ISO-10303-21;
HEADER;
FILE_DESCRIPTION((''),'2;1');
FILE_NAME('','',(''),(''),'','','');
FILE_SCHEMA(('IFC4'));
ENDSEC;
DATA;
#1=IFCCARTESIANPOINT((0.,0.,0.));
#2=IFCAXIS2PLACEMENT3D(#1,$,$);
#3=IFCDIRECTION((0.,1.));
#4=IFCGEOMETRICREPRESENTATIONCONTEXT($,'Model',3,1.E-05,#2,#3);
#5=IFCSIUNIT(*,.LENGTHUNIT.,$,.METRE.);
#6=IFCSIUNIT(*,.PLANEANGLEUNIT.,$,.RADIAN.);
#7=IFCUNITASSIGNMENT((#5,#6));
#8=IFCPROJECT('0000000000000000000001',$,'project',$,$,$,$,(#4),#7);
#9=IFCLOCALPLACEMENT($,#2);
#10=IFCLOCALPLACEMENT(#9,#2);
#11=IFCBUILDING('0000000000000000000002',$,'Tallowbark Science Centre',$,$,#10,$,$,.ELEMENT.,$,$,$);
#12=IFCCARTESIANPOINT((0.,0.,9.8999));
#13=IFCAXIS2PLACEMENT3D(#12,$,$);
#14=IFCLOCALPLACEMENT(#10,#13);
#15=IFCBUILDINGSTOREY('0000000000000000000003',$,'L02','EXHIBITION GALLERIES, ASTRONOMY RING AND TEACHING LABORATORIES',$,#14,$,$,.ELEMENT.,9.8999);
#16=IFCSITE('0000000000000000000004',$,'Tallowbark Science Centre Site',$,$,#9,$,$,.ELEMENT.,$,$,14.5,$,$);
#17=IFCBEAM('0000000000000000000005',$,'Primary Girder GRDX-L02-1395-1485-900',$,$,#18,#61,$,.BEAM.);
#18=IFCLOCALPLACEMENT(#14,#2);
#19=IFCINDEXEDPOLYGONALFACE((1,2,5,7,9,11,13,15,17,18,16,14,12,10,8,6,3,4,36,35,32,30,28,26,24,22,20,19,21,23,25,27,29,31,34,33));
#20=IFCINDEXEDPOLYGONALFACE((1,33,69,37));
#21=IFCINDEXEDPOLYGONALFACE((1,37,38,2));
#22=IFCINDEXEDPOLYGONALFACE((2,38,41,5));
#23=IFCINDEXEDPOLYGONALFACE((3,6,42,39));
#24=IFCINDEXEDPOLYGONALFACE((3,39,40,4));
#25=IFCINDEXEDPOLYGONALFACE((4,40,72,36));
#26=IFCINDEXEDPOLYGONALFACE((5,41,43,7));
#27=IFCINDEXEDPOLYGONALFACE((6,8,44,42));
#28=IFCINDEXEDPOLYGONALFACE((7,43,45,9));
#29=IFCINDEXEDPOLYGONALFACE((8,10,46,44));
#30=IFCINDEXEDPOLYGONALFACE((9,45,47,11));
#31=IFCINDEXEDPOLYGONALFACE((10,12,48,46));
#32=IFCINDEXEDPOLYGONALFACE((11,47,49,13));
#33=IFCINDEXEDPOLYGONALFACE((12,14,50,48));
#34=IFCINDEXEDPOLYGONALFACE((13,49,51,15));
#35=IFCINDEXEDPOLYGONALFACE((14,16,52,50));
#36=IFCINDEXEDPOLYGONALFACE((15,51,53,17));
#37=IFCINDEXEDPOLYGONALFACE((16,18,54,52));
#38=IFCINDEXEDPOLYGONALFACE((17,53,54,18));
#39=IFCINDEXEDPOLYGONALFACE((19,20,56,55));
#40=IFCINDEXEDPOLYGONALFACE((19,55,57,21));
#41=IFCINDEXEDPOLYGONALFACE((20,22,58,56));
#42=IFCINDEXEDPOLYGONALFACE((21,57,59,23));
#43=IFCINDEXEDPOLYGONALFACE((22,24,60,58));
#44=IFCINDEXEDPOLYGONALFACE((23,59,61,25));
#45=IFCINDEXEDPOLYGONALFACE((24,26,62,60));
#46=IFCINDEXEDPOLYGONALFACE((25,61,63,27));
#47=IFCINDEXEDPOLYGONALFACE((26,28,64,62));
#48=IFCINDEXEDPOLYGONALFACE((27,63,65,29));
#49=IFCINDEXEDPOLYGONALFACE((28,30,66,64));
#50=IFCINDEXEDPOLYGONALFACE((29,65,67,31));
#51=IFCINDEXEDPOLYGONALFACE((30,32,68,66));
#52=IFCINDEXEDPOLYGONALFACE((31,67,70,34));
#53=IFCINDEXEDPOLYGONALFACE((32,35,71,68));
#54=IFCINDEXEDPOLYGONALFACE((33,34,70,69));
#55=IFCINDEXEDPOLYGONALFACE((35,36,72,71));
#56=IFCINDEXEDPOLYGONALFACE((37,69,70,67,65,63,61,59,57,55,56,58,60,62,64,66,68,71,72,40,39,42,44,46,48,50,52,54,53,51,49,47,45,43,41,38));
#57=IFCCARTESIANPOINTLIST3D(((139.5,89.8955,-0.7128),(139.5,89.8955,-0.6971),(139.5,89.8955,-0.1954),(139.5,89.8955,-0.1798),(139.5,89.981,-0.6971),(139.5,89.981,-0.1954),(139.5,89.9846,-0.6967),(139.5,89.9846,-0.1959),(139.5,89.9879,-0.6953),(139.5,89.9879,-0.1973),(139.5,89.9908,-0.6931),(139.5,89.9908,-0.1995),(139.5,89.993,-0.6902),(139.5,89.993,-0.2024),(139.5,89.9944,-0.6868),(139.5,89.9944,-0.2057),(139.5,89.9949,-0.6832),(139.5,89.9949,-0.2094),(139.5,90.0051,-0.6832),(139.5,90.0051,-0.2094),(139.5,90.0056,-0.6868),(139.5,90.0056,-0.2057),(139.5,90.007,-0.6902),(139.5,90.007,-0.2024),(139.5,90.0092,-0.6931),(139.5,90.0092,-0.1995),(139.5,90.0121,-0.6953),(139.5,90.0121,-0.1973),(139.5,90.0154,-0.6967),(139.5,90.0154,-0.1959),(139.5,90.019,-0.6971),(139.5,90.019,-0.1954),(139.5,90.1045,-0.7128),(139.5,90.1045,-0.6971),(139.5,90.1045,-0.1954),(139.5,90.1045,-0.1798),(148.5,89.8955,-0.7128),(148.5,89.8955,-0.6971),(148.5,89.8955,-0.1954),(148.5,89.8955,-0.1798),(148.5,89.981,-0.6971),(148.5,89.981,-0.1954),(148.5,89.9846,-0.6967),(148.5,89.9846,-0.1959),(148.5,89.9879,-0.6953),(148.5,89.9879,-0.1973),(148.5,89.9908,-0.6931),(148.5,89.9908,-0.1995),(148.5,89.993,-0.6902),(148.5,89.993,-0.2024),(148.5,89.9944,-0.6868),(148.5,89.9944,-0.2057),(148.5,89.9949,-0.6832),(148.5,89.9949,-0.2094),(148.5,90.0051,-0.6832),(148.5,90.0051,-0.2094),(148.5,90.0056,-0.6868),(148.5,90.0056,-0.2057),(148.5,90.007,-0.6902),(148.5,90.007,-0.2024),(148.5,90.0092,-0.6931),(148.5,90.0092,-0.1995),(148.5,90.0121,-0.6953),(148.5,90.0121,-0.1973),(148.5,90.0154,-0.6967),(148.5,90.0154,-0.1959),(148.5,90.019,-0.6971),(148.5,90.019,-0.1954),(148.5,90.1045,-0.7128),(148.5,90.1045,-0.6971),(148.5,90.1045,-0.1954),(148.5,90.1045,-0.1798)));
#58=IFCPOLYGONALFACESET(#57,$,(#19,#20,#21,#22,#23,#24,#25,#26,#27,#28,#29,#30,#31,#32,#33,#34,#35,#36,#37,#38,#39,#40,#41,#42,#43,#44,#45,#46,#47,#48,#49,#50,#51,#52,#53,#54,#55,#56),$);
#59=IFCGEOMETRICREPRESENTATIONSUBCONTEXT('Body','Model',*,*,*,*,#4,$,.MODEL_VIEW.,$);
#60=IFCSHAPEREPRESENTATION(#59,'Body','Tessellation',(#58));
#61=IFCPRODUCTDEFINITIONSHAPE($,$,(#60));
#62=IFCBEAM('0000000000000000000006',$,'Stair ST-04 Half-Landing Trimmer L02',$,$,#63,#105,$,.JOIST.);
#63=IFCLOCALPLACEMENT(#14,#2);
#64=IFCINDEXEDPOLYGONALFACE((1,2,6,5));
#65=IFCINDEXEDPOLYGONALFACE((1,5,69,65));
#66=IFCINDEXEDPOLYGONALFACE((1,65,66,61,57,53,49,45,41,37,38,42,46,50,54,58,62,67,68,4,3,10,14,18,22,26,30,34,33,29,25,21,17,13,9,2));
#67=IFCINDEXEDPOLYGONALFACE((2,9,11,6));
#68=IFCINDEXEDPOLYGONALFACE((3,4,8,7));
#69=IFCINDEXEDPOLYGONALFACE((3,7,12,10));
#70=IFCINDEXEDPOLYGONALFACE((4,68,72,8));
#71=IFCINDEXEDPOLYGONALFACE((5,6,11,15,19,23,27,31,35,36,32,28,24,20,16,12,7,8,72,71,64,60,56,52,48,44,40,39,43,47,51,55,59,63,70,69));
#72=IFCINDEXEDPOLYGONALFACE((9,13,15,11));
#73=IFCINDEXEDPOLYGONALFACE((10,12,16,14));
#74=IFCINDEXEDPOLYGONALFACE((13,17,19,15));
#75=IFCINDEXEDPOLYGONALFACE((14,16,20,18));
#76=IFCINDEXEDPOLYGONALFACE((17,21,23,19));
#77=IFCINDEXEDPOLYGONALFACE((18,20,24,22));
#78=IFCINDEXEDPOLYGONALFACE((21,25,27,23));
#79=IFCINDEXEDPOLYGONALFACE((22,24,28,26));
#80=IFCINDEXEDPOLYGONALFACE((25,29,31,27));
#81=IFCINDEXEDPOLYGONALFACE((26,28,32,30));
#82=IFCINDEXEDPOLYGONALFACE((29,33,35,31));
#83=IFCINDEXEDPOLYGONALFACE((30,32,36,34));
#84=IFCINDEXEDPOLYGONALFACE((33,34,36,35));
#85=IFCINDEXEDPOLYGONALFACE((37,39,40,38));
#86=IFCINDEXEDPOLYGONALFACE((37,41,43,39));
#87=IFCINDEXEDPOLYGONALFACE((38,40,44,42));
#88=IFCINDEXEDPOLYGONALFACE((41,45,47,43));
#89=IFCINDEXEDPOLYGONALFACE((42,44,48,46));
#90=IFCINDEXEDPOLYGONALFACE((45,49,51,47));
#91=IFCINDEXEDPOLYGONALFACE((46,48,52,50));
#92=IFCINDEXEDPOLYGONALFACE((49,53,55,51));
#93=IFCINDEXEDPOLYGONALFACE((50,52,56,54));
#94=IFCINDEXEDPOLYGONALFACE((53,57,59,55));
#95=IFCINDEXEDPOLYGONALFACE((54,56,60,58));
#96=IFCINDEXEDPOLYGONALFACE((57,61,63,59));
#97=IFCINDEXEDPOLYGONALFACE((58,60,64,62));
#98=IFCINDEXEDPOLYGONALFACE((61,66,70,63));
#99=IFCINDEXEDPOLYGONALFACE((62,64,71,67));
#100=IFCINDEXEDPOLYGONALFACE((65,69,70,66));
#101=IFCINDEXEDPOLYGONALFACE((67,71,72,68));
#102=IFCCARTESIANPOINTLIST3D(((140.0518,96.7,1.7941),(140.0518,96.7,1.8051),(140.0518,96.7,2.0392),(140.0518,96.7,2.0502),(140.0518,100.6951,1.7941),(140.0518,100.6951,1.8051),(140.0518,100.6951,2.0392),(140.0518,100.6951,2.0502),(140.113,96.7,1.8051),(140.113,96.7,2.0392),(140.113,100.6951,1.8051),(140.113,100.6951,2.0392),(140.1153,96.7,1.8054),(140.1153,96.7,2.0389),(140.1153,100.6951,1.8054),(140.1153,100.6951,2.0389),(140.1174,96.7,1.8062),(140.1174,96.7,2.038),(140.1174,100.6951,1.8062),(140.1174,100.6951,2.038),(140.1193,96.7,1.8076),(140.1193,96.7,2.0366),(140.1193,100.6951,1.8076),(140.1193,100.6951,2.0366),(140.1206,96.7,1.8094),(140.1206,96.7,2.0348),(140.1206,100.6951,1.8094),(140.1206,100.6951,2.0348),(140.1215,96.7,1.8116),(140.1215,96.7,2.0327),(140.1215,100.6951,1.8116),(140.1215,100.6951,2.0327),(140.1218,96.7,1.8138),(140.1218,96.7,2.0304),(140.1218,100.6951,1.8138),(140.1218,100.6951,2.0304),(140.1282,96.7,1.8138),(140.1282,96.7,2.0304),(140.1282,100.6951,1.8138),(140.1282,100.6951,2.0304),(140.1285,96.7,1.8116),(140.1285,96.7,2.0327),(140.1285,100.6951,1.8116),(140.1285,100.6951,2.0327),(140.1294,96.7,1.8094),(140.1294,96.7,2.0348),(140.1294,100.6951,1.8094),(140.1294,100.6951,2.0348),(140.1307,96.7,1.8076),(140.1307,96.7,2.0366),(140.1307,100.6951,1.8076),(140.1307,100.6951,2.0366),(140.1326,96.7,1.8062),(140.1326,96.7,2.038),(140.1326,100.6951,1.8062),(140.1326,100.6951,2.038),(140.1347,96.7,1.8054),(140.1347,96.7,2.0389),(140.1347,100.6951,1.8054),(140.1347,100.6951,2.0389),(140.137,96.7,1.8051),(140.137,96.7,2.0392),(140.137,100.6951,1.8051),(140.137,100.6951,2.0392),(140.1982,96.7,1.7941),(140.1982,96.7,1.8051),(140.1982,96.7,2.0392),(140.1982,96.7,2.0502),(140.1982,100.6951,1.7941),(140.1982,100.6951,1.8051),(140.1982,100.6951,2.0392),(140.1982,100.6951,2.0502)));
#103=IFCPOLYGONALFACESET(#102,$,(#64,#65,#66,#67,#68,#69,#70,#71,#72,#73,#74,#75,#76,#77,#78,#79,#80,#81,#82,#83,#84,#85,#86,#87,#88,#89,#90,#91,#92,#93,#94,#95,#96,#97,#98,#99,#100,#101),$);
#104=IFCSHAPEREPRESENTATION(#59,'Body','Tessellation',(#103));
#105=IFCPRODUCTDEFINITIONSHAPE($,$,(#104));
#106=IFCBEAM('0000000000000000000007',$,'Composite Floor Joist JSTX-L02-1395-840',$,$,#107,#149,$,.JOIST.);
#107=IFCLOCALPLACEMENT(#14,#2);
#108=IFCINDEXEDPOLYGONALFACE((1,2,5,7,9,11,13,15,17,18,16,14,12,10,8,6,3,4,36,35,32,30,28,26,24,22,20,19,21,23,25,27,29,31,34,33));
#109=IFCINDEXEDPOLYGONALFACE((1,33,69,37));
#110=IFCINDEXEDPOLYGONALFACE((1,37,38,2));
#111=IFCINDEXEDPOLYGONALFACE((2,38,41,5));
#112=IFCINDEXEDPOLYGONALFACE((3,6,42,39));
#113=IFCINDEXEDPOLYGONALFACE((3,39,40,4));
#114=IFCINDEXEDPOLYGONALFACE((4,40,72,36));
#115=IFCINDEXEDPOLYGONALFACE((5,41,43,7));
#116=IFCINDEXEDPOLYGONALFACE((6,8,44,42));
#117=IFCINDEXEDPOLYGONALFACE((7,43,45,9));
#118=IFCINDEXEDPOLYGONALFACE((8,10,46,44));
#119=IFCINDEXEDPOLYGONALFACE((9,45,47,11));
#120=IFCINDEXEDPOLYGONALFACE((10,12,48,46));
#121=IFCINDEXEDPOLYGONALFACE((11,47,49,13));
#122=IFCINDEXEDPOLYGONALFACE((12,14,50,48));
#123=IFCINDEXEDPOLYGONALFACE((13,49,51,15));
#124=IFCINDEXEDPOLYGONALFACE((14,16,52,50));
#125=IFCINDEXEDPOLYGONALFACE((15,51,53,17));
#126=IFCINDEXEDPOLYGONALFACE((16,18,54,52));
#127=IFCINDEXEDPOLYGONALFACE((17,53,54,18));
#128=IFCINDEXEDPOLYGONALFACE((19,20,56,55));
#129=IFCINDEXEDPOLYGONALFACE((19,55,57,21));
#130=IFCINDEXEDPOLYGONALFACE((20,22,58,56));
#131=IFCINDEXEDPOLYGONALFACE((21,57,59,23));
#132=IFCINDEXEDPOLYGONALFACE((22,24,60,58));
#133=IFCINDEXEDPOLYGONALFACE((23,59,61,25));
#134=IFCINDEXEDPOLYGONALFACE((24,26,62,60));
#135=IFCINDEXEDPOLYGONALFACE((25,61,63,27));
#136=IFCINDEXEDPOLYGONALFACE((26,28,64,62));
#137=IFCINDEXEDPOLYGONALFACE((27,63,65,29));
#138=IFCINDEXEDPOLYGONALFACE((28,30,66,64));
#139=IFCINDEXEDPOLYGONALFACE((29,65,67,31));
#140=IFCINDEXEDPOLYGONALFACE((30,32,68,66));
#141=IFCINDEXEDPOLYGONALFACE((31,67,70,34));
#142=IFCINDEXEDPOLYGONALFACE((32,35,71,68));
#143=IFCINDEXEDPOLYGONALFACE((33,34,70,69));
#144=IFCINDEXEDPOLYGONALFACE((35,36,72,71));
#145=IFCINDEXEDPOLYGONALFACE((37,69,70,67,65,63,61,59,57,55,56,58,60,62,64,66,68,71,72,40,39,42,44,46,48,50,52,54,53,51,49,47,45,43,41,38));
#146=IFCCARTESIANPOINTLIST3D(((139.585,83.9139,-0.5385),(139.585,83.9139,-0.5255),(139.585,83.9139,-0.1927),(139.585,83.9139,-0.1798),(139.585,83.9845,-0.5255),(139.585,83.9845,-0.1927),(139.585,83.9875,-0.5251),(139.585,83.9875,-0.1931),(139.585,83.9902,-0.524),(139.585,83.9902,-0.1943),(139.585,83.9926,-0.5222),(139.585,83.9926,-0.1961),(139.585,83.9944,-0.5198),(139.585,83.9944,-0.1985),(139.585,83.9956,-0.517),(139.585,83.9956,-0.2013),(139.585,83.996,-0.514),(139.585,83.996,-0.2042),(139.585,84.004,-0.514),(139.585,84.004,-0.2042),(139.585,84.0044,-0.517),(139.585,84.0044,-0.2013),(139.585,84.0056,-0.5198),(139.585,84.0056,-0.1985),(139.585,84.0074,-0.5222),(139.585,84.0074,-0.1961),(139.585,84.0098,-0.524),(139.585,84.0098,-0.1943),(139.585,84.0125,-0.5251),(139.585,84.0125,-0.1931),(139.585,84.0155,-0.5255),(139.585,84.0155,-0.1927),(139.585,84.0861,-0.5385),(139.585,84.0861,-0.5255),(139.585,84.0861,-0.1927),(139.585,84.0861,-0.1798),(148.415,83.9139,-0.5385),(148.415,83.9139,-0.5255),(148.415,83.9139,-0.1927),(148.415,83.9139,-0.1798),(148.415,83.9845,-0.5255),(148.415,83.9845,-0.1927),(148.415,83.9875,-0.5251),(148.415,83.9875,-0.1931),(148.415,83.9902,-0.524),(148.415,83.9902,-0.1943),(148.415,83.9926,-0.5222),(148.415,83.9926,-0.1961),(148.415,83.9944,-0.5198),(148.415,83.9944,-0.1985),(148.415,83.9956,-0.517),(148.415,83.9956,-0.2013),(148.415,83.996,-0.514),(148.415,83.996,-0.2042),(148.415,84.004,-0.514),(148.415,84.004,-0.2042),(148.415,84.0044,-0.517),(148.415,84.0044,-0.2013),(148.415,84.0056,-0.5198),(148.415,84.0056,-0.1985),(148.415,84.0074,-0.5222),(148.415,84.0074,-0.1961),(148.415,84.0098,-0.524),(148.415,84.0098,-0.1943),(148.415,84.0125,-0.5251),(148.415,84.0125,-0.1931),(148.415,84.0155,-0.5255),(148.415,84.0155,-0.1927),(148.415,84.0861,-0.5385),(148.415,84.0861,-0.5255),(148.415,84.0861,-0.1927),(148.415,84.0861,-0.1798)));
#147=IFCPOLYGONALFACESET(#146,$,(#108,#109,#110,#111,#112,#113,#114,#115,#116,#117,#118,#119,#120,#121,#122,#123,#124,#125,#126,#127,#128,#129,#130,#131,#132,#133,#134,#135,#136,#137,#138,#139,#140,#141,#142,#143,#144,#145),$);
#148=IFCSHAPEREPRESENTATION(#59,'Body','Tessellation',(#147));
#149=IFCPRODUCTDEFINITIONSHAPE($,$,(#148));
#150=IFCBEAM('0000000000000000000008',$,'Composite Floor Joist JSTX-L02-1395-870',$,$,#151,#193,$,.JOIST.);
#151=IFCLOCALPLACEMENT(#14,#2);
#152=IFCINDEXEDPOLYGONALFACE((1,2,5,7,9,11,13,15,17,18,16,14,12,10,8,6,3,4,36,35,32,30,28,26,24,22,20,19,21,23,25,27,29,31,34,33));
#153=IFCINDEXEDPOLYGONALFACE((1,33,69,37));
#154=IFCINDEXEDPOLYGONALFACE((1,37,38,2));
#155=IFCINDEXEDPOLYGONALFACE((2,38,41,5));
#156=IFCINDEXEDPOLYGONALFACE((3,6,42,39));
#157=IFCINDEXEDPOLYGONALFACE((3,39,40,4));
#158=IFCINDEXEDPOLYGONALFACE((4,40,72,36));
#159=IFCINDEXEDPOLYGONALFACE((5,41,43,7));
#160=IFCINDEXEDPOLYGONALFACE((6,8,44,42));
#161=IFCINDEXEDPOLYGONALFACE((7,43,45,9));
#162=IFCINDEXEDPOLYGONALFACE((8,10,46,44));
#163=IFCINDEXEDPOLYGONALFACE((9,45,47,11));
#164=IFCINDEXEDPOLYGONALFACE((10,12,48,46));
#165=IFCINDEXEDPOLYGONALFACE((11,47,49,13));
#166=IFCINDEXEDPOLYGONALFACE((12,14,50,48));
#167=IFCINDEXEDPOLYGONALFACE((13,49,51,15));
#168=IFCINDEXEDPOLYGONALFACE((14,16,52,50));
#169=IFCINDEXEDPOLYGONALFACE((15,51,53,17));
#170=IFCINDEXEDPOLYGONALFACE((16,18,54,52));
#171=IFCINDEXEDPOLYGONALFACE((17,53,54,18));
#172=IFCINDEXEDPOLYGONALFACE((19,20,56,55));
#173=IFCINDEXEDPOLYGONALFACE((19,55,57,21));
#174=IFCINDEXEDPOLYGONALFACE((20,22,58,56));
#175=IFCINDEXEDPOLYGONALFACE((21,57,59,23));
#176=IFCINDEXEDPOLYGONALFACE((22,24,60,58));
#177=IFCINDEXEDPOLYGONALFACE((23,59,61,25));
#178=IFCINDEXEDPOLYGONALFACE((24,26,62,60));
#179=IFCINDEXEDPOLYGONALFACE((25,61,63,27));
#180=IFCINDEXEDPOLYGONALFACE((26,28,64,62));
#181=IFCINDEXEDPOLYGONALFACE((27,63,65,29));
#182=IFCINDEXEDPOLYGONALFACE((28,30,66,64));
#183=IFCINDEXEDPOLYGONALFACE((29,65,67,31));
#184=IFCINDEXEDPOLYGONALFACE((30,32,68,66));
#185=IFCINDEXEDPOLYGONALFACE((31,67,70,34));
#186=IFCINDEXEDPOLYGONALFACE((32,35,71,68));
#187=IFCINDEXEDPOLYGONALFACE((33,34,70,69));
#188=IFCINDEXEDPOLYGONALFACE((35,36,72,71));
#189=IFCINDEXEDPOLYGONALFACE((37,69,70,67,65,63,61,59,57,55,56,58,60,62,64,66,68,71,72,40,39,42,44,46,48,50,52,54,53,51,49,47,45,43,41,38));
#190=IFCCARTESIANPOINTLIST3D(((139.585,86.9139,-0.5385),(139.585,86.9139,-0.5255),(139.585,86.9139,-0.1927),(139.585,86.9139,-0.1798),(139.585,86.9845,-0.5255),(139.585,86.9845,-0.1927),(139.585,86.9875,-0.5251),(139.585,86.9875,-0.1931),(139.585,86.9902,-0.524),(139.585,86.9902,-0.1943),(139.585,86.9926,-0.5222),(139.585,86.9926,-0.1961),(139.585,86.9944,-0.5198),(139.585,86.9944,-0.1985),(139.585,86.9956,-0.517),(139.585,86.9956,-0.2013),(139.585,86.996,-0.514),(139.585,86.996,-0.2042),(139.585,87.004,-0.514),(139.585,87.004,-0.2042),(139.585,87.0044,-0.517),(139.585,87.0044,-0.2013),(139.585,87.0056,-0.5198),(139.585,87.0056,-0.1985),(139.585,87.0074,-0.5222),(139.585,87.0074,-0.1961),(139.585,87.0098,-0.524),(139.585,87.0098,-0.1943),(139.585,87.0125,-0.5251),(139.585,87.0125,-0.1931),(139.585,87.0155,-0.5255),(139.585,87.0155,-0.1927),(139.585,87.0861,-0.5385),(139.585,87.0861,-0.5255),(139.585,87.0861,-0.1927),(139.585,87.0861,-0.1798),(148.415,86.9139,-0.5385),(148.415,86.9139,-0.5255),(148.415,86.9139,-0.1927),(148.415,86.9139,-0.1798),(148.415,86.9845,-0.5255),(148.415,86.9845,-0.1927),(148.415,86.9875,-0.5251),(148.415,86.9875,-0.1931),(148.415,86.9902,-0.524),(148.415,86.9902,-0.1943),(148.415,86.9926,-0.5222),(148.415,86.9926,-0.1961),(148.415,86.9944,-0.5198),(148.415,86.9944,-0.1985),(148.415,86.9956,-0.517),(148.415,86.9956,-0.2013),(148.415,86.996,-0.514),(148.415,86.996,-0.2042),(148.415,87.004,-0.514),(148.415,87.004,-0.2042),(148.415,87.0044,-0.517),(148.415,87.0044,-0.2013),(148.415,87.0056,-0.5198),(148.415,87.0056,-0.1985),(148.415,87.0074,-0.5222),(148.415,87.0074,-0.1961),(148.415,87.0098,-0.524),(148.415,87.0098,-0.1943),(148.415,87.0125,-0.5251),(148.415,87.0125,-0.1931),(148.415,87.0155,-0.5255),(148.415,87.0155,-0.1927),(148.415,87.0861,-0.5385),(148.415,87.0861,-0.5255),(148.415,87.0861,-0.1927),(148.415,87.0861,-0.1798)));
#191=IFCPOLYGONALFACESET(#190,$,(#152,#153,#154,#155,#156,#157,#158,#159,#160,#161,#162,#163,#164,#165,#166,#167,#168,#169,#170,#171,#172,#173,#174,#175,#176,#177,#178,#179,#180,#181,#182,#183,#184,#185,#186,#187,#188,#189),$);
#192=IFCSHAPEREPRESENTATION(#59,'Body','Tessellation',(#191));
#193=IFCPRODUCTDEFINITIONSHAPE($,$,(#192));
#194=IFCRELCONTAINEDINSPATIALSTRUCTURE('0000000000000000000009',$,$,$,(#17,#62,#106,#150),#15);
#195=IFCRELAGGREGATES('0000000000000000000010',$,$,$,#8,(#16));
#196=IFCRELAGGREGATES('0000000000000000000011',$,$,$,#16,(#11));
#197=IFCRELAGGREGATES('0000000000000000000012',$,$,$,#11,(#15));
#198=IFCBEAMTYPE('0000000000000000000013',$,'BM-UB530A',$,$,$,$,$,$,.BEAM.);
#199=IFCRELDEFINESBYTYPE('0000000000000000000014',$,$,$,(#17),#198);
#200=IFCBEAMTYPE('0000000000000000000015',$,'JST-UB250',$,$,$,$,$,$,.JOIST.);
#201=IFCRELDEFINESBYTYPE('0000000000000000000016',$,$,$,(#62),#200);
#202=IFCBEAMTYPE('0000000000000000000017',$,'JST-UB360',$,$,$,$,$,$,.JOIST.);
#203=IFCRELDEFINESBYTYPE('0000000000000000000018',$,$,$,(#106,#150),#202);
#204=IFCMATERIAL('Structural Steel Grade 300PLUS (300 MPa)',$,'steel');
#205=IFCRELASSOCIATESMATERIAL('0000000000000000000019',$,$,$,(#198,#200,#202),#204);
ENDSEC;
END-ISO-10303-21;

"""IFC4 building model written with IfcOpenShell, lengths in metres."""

from ifc_helpers import new_model, si_unit, direction, frame, origin, origin_2d, place, context, subcontext, project, spatial, i_section, extrude, material, material_profile, profile_set, type_object, element, save


model = new_model("IFC4")

# Units and contexts
model_context = context("Model", 3, precision=1e-05, world=origin(), true_north=direction((0.0, 1.0)))
body_context = subcontext(model_context, "Body", "Model", "MODEL_VIEW")
ifc_project = project(units=[si_unit("LENGTHUNIT", "METRE"), si_unit("PLANEANGLEUNIT", "RADIAN")], contexts=[model_context])

# Site, building, storey
site_placement = place(None, origin())
site = spatial("IfcSite", under=ifc_project, at=site_placement, Name="Tallowbark Science Centre Site", CompositionType="ELEMENT", RefElevation=14.5)
building_placement = place(site_placement, origin())
building = spatial("IfcBuilding", under=site, at=building_placement, Name="Tallowbark Science Centre", CompositionType="ELEMENT")
storey_placement = place(building_placement, frame((0.0, 0.0, 9.8999)))
storey = spatial("IfcBuildingStorey", under=building, at=storey_placement, Name="L02", Description="EXHIBITION GALLERIES, ASTRONOMY RING AND TEACHING LABORATORIES", CompositionType="ELEMENT", Elevation=9.8999)

# Beams
ifc_material_1 = material(Name="Structural Steel Grade 300PLUS (300 MPa)", Category="steel")
ifc_material_profile_1 = material_profile(ifc_material_1, i_section(OverallWidth=0.209, OverallDepth=0.533, WebThickness=0.0103, FlangeThickness=0.0156, FilletRadius=0.0139, at=origin_2d()), Name="530UB92.4")
ifc_profile_set_1 = profile_set([ifc_material_profile_1], Name="Structural Steel Grade 300PLUS (300 MPa)")
beam_type_1 = type_object("IfcBeamType", Name="BM-UB530A", PredefinedType="BEAM", material=ifc_profile_set_1)
beam_1_placement = place(storey_placement, frame((139.5, 90.0, -0.4463), z_axis=(1.0, 0.0, 0.0), x_axis=(0.0, 1.0, 0.0)))
element("IfcBeam", 1, at=beam_1_placement, inside=storey, type_object=beam_type_1, Name="Primary Girder GRDX-L02-1395-1485-900", PredefinedType="BEAM", context=body_context, shape_type="SweptSolid", body=[
    extrude(i_section(OverallWidth=0.209, OverallDepth=0.533, WebThickness=0.0103, FlangeThickness=0.0156, FilletRadius=0.0139, at=origin_2d()), origin(), (0.0, 0.0, 1.0), 9.0),
])
ifc_material_profile_2 = material_profile(ifc_material_1, i_section(OverallWidth=0.1465, OverallDepth=0.2561, WebThickness=0.0063, FlangeThickness=0.011, FilletRadius=0.0088, at=origin_2d()), Name="250UB37.3")
ifc_profile_set_2 = profile_set([ifc_material_profile_2], Name="Structural Steel Grade 300PLUS (300 MPa)")
beam_type_2 = type_object("IfcBeamType", Name="JST-UB250", PredefinedType="JOIST", material=ifc_profile_set_2)
beam_2_placement = place(storey_placement, frame((140.125, 96.7, 1.9221), z_axis=(0.0, 1.0, 0.0), x_axis=(-1.0, 0.0, 0.0)))
element("IfcBeam", 2, at=beam_2_placement, inside=storey, type_object=beam_type_2, Name="Stair ST-04 Half-Landing Trimmer L02", PredefinedType="JOIST", context=body_context, shape_type="SweptSolid", body=[
    extrude(i_section(OverallWidth=0.1465, OverallDepth=0.2561, WebThickness=0.0063, FlangeThickness=0.011, FilletRadius=0.0088, at=origin_2d()), origin(), (0.0, 0.0, 1.0), 3.9951),
])
ifc_material_profile_3 = material_profile(ifc_material_1, i_section(OverallWidth=0.1721, OverallDepth=0.3586, WebThickness=0.0081, FlangeThickness=0.0129, FilletRadius=0.0115, at=origin_2d()), Name="360UB56.7")
ifc_profile_set_3 = profile_set([ifc_material_profile_3], Name="Structural Steel Grade 300PLUS (300 MPa)")
beam_type_3 = type_object("IfcBeamType", Name="JST-UB360", PredefinedType="JOIST", material=ifc_profile_set_3)
for number, where, z_axis, x_axis, name in (
    (3, (139.585, 84.0, -0.3591), (1.0, 0.0, 0.0), (0.0, 1.0, 0.0), "Composite Floor Joist JSTX-L02-1395-840"),
    (4, (139.585, 87.0, -0.3591), (1.0, 0.0, 0.0), (0.0, 1.0, 0.0), "Composite Floor Joist JSTX-L02-1395-870"),
):
    element("IfcBeam", number, at=place(storey_placement, frame(where, z_axis=z_axis, x_axis=x_axis)), inside=storey, type_object=beam_type_3, Name=name, PredefinedType="JOIST", context=body_context, shape_type="SweptSolid", body=[
        extrude(i_section(OverallWidth=0.1721, OverallDepth=0.3586, WebThickness=0.0081, FlangeThickness=0.0129, FilletRadius=0.0115, at=origin_2d()), origin(), (0.0, 0.0, 1.0), 8.8301),
    ])

save(model, "model.ifc")
